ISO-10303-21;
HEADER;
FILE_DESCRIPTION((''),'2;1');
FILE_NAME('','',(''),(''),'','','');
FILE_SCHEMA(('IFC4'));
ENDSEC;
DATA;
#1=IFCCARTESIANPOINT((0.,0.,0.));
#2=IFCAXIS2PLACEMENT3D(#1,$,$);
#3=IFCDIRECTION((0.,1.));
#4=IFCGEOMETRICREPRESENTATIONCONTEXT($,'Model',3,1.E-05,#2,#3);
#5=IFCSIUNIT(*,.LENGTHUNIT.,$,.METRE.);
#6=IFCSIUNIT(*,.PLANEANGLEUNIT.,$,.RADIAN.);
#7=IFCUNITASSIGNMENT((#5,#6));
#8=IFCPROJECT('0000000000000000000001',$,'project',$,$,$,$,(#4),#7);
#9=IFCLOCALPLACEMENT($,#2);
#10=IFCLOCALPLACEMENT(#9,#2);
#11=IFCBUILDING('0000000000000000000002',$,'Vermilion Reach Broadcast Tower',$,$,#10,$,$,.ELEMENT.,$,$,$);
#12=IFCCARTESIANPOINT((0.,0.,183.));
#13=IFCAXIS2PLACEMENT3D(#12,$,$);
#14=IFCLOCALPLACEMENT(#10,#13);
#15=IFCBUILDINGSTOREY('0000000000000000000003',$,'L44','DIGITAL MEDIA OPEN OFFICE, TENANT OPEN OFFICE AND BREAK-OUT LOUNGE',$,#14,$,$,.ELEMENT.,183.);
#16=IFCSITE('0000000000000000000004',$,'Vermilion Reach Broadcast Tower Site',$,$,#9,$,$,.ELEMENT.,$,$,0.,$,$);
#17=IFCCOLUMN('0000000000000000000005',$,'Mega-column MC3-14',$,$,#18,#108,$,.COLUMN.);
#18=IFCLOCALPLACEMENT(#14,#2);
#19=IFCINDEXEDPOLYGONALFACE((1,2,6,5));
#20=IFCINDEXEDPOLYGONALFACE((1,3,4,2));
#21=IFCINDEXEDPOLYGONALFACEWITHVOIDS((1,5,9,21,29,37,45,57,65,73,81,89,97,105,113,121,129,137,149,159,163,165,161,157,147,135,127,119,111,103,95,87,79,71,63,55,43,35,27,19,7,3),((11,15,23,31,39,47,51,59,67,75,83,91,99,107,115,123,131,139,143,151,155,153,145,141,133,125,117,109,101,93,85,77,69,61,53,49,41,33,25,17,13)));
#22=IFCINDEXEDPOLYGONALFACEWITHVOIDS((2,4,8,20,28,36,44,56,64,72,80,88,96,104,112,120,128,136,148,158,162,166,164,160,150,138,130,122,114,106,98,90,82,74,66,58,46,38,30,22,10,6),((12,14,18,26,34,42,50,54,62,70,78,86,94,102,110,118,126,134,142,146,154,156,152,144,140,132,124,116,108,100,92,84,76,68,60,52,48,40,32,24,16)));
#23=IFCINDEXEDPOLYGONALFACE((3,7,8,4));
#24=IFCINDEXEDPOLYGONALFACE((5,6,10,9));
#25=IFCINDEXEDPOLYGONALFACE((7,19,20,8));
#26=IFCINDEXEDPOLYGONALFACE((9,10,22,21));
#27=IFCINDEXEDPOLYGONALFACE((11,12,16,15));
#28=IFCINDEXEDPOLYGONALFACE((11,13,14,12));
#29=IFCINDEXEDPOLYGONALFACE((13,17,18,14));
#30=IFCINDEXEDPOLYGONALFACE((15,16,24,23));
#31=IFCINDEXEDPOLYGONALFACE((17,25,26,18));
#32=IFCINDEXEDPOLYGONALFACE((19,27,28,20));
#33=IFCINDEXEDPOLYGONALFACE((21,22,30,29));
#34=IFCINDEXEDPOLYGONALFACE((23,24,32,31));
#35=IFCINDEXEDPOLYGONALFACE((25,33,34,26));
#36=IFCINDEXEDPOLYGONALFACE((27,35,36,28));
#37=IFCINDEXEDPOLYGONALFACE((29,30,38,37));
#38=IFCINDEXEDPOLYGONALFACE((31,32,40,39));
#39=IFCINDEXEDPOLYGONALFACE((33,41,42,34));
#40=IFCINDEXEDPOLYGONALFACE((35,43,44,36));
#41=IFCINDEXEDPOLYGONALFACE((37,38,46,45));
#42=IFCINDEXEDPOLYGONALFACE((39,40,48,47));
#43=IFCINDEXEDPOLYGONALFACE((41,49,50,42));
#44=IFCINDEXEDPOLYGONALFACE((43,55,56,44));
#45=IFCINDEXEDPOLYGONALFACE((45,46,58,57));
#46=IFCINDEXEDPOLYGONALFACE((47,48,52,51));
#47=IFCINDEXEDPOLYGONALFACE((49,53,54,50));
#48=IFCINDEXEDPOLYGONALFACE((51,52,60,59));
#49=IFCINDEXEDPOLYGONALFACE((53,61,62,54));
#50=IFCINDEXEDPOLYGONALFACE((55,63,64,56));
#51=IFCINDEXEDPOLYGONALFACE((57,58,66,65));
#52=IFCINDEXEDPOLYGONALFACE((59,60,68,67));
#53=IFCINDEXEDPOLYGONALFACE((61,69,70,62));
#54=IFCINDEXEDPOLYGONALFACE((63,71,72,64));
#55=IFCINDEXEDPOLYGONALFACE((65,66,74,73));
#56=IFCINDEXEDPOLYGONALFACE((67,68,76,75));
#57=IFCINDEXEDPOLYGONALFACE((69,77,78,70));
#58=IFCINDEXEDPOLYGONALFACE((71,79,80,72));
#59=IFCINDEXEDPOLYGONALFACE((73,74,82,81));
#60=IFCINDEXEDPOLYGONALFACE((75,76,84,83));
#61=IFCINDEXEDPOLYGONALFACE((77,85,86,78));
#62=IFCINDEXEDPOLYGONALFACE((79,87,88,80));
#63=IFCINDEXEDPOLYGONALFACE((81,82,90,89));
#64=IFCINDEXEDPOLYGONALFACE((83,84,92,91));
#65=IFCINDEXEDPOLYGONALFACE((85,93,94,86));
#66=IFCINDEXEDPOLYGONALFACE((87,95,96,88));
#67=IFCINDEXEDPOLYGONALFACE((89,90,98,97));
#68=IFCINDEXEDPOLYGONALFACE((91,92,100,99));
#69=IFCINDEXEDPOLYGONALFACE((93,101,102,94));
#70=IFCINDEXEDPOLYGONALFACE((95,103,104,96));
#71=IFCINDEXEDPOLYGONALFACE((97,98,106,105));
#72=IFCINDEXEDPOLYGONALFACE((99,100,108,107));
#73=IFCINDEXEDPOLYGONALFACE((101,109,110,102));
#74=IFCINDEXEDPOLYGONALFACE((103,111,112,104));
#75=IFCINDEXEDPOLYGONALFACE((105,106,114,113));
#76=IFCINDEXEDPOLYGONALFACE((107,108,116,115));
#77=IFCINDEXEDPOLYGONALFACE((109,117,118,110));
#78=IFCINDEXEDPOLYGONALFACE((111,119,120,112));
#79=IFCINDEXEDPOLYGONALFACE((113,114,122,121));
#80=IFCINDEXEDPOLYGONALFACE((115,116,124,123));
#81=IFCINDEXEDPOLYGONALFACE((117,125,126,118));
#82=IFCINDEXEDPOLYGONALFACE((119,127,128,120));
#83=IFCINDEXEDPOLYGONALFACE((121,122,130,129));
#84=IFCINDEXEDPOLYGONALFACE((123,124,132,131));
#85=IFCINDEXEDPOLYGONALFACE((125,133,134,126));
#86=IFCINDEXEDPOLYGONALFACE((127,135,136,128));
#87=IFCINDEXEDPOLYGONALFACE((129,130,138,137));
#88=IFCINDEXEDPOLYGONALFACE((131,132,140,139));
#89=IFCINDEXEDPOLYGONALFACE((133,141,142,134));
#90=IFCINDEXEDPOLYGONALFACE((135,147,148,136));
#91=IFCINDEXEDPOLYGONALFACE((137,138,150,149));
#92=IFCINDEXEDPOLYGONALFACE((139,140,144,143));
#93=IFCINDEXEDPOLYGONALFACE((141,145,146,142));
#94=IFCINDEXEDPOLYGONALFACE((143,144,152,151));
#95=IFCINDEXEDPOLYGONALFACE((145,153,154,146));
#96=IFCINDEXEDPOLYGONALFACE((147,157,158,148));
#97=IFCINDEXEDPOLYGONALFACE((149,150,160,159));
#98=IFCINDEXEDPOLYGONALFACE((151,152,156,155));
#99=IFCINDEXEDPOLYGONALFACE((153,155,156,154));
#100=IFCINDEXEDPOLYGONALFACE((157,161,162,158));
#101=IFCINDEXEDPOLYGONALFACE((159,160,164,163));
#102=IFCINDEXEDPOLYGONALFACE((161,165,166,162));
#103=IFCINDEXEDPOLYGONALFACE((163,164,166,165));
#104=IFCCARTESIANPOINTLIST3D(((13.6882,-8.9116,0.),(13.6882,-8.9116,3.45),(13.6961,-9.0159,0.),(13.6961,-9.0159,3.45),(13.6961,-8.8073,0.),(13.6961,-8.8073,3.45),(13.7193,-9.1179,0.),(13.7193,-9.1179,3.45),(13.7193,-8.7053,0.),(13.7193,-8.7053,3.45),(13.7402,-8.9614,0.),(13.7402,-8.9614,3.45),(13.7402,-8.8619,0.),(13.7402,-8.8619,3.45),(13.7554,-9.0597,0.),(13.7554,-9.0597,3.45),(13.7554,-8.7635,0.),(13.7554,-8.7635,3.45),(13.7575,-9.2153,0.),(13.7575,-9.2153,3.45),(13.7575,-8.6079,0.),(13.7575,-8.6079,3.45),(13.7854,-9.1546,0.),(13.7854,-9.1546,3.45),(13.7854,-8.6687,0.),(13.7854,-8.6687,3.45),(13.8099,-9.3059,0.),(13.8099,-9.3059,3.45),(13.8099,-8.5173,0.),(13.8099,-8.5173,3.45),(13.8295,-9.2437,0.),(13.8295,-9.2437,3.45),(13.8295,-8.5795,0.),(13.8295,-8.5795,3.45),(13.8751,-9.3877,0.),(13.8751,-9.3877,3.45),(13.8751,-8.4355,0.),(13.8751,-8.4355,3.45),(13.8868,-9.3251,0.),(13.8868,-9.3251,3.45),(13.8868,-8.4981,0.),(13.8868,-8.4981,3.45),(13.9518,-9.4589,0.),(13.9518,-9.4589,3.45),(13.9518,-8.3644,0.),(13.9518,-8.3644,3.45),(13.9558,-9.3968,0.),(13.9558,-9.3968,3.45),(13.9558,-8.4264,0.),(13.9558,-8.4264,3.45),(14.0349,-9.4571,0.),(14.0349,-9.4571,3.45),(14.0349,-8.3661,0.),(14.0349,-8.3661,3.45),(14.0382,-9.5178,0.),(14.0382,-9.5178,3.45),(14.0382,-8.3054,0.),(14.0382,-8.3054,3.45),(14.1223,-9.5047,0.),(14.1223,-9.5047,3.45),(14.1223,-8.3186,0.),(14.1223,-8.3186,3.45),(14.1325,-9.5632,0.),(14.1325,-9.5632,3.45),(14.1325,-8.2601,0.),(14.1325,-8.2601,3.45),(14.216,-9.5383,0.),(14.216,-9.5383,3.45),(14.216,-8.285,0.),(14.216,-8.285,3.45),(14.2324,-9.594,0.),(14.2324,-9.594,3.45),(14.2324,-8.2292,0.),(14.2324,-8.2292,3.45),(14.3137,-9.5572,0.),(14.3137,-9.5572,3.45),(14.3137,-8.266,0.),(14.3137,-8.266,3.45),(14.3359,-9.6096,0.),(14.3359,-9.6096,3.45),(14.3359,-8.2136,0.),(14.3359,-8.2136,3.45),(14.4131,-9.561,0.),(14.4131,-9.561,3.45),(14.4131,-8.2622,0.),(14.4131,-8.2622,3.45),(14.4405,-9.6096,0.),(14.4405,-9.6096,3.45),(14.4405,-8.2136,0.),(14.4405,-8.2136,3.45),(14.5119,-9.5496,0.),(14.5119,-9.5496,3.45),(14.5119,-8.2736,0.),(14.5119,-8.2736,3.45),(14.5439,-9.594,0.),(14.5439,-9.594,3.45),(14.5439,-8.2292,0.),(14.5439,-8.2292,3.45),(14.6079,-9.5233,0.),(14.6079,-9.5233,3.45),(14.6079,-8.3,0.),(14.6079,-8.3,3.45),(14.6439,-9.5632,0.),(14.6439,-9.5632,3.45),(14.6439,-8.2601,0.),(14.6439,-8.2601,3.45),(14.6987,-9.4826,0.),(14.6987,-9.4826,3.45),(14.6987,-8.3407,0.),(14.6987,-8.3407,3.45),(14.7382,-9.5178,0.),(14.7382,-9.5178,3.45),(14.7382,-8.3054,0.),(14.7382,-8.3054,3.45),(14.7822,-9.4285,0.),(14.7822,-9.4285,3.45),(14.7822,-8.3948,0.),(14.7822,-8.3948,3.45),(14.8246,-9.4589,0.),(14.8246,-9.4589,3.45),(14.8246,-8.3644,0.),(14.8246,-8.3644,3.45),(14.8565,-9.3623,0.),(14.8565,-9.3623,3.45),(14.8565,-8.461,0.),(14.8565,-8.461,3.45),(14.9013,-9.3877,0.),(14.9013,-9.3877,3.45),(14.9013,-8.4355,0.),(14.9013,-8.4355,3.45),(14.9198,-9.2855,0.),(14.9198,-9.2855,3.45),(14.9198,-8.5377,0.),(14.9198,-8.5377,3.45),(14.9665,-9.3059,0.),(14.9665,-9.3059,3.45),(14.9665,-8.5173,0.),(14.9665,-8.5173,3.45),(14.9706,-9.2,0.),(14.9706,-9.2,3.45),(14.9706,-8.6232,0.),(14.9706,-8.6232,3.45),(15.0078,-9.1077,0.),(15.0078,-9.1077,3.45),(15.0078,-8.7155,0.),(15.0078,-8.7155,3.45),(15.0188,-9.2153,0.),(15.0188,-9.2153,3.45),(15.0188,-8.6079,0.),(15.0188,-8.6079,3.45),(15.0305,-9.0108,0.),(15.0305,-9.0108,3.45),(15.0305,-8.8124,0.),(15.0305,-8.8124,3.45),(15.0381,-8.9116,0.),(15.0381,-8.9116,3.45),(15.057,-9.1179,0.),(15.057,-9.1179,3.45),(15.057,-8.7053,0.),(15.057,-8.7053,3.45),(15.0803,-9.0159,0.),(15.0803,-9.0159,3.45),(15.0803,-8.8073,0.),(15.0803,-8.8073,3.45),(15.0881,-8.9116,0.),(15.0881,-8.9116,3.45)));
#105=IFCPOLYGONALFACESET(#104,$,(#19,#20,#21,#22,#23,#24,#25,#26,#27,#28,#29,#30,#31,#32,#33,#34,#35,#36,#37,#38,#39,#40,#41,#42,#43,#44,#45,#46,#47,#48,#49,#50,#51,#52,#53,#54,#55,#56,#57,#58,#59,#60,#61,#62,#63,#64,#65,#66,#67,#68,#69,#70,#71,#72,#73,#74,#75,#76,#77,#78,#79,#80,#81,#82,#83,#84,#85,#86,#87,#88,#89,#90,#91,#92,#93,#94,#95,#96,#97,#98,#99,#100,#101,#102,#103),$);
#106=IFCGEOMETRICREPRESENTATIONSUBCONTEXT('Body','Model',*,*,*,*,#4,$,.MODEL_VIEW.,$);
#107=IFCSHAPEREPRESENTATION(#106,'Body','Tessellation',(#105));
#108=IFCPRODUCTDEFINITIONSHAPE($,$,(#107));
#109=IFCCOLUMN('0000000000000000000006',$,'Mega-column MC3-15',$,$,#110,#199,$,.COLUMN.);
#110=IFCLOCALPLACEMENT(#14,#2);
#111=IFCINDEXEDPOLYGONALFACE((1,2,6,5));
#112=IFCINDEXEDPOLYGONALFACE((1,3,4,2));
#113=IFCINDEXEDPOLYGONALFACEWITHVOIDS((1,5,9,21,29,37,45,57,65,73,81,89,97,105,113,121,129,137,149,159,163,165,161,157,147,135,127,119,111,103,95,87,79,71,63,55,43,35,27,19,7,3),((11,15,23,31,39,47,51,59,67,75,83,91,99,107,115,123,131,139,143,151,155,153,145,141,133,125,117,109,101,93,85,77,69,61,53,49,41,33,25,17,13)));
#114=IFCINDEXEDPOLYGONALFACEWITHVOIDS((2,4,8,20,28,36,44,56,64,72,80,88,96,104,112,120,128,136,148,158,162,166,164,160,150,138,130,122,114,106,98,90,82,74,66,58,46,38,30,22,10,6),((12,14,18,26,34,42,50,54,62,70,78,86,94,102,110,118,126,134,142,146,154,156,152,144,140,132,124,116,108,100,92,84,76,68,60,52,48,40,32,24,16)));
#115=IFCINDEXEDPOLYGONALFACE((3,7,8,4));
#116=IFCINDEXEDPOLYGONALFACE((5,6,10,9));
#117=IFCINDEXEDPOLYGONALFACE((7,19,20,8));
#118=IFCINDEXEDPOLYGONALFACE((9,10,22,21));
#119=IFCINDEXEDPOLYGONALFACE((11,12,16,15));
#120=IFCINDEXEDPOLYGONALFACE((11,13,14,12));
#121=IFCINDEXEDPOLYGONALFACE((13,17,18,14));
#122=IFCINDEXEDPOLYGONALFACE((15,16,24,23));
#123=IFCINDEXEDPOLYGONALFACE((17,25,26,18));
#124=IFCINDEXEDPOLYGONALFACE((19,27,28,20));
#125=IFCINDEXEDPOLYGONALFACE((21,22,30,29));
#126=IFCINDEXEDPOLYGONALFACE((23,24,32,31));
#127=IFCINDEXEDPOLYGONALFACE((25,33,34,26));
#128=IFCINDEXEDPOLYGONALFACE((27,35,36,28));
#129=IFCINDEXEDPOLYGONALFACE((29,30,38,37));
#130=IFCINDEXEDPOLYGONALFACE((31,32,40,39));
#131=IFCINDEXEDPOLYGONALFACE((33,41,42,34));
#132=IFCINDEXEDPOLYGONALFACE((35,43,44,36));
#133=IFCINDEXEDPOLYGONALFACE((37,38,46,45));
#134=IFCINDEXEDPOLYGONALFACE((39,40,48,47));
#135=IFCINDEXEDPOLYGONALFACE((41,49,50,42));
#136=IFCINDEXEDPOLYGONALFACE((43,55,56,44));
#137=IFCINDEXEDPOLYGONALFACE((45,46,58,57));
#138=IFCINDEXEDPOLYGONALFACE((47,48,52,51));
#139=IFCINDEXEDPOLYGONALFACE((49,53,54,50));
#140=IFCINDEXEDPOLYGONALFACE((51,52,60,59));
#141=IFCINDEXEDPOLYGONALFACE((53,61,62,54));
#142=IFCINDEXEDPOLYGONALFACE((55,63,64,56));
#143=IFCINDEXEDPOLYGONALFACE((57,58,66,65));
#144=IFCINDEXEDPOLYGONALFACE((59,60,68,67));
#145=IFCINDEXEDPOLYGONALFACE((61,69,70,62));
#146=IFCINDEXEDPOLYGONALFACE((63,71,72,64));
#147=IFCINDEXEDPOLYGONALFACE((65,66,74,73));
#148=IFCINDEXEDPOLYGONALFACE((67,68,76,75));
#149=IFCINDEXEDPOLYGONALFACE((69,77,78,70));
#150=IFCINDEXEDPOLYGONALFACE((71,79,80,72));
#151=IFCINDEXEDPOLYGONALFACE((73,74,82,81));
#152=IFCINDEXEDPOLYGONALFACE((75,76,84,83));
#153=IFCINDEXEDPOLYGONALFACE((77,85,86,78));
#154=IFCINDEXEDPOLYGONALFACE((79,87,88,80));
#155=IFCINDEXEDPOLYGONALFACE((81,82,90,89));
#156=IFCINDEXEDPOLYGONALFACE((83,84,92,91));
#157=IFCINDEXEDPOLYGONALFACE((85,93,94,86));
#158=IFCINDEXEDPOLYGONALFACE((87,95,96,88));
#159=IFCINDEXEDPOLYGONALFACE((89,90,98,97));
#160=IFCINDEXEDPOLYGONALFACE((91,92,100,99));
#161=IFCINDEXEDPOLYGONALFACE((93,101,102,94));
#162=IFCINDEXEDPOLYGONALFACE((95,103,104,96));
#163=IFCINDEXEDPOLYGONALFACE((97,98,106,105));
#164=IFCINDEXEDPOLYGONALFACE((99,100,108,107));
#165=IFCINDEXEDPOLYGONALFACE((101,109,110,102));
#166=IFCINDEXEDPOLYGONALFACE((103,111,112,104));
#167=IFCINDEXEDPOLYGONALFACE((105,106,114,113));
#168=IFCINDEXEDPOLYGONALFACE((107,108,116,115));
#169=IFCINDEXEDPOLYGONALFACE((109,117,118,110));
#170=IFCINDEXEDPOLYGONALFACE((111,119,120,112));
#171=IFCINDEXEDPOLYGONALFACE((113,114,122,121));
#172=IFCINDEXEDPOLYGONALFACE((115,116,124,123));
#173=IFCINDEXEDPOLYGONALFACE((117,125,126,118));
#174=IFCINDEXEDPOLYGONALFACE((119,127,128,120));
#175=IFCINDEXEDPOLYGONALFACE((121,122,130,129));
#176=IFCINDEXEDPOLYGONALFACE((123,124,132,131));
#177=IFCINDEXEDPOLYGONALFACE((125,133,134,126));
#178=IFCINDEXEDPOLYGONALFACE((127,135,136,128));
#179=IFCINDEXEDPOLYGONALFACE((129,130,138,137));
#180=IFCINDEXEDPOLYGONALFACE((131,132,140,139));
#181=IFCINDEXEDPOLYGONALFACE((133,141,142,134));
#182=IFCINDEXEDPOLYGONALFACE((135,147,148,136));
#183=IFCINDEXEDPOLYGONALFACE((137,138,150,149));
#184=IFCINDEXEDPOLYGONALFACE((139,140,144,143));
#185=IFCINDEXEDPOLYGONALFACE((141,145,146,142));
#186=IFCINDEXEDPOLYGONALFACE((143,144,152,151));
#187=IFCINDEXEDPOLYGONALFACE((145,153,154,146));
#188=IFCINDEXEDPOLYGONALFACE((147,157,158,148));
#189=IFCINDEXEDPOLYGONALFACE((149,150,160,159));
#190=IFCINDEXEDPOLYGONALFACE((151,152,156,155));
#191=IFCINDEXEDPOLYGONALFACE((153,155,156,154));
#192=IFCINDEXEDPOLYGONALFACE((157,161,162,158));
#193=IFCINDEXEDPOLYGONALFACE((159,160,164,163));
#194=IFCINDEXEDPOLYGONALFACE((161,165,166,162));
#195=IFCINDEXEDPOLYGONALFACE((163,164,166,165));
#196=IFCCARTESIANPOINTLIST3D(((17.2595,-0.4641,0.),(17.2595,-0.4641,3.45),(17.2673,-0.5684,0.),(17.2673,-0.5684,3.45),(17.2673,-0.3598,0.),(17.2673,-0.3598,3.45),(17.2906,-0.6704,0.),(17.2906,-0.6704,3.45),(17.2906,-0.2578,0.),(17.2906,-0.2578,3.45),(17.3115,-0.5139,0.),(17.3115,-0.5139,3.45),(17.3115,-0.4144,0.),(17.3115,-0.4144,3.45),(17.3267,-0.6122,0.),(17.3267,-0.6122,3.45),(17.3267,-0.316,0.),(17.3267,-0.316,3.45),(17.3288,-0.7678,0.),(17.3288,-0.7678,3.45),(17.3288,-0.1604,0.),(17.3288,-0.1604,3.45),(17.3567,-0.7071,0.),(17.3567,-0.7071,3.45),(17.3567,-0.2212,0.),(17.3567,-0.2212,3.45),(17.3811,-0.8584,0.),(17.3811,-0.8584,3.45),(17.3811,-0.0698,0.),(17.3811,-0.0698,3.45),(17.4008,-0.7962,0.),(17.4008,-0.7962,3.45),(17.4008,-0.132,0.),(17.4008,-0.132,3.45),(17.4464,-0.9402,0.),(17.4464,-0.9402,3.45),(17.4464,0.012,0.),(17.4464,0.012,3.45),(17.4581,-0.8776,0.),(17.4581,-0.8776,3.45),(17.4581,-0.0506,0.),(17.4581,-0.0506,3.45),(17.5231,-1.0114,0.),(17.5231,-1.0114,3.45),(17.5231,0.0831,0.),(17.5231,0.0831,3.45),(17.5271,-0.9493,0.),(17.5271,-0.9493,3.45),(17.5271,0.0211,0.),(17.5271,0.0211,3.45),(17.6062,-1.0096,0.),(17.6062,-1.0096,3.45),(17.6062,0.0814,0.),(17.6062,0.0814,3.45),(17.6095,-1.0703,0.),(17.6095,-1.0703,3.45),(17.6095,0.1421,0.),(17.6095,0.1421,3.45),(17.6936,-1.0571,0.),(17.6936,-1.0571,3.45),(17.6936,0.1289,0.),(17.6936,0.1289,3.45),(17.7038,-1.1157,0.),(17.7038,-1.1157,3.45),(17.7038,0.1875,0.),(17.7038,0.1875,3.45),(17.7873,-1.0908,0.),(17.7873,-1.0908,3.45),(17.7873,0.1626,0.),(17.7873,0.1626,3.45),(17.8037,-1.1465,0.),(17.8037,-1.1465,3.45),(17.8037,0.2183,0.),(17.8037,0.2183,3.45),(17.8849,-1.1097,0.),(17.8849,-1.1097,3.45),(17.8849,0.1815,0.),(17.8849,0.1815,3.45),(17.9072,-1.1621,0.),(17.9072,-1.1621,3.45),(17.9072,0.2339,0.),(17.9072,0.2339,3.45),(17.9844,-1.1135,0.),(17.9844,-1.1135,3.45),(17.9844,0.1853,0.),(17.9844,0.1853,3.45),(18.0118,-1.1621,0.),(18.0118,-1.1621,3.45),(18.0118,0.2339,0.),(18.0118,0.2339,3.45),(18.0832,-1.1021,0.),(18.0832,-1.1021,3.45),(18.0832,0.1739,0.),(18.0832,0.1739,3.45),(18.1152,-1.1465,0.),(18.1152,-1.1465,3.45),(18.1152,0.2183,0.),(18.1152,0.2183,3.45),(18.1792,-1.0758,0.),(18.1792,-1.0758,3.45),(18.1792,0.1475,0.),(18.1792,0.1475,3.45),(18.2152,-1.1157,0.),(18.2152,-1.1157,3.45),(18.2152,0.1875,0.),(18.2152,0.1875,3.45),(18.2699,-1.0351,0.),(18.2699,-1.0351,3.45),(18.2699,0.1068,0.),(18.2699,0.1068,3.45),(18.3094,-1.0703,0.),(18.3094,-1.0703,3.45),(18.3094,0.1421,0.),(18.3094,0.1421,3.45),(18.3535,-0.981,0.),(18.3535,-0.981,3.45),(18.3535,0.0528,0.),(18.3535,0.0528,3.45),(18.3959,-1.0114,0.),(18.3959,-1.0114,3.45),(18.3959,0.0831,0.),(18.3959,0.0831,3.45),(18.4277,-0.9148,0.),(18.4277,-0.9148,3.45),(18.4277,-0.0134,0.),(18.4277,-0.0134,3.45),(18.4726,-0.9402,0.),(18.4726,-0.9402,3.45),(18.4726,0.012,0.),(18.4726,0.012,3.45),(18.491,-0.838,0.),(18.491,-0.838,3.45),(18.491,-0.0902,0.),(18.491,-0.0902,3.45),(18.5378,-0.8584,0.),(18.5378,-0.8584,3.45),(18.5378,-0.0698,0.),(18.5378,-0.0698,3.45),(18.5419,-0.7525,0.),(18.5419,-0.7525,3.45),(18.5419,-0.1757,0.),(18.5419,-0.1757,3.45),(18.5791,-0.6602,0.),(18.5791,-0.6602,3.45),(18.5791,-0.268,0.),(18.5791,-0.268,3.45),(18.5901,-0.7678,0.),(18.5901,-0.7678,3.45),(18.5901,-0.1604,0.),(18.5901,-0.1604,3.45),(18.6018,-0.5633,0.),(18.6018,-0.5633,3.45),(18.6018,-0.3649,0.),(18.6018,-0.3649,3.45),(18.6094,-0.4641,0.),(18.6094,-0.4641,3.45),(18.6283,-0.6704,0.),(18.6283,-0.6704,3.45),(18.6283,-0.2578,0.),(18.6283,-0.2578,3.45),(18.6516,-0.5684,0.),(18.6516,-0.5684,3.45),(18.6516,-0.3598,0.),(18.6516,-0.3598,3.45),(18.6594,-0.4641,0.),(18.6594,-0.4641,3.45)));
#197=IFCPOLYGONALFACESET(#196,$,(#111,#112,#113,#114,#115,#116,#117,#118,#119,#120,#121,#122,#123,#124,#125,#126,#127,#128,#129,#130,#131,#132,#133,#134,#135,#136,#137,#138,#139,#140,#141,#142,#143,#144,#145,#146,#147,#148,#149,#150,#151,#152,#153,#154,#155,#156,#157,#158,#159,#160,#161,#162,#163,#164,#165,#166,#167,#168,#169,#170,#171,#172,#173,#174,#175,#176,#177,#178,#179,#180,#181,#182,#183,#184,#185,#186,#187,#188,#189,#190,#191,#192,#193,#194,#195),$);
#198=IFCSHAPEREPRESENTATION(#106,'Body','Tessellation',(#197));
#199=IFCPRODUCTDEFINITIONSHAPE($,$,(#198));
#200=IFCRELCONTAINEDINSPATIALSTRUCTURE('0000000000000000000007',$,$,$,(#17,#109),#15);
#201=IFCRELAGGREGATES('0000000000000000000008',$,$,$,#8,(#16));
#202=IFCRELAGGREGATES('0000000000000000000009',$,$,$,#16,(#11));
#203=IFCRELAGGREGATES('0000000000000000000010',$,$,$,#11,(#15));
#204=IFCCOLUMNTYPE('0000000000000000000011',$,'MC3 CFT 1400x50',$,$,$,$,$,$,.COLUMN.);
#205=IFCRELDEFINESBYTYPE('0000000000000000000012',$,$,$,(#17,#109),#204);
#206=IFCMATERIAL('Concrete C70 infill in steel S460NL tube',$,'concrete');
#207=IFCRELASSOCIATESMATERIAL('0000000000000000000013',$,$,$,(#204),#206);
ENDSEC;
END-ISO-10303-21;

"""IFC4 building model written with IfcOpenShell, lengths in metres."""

from ifc_helpers import new_model, si_unit, direction, frame, origin, origin_2d, place, context, subcontext, project, spatial, hollow_circle, extrude, material, material_profile, profile_set, type_object, element, save


model = new_model("IFC4")

# Units and contexts
model_context = context("Model", 3, precision=1e-05, world=origin(), true_north=direction((0.0, 1.0)))
body_context = subcontext(model_context, "Body", "Model", "MODEL_VIEW")
ifc_project = project(units=[si_unit("LENGTHUNIT", "METRE"), si_unit("PLANEANGLEUNIT", "RADIAN")], contexts=[model_context])

# Site, building, storey
site_placement = place(None, origin())
site = spatial("IfcSite", under=ifc_project, at=site_placement, Name="Vermilion Reach Broadcast Tower Site", CompositionType="ELEMENT", RefElevation=0.0)
building_placement = place(site_placement, origin())
building = spatial("IfcBuilding", under=site, at=building_placement, Name="Vermilion Reach Broadcast Tower", CompositionType="ELEMENT")
storey_placement = place(building_placement, frame((0.0, 0.0, 183.0)))
storey = spatial("IfcBuildingStorey", under=building, at=storey_placement, Name="L44", Description="DIGITAL MEDIA OPEN OFFICE, TENANT OPEN OFFICE AND BREAK-OUT LOUNGE", CompositionType="ELEMENT", Elevation=183.0)

# Columns
ifc_material_1 = material(Name="Concrete C70 infill in steel S460NL tube", Category="concrete")
ifc_material_profile_1 = material_profile(ifc_material_1, hollow_circle(Radius=0.7, WallThickness=0.05, at=origin_2d()), Name="Concrete C70 infill in steel S460NL tube CFT 1400x50")
ifc_profile_set_1 = profile_set([ifc_material_profile_1], Name="Concrete C70 infill in steel S460NL tube")
column_type = type_object("IfcColumnType", Name="MC3 CFT 1400x50", PredefinedType="COLUMN", material=ifc_profile_set_1)
for number, where, z_axis, x_axis, name in (
    (1, (14.3882, -8.9116, 0.0), (0.0, 0.0, 1.0), (1.0, 0.0, 0.0), "Mega-column MC3-14"),
    (2, (17.9595, -0.4641, 0.0), (0.0, 0.0, 1.0), (1.0, 0.0, 0.0), "Mega-column MC3-15"),
):
    element("IfcColumn", number, at=place(storey_placement, frame(where, z_axis=z_axis, x_axis=x_axis)), inside=storey, type_object=column_type, Name=name, PredefinedType="COLUMN", context=body_context, shape_type="SweptSolid", body=[
        extrude(hollow_circle(Radius=0.7, WallThickness=0.05, at=origin_2d()), origin(), (0.0, 0.0, 1.0), 3.45),
    ])

save(model, "model.ifc")
